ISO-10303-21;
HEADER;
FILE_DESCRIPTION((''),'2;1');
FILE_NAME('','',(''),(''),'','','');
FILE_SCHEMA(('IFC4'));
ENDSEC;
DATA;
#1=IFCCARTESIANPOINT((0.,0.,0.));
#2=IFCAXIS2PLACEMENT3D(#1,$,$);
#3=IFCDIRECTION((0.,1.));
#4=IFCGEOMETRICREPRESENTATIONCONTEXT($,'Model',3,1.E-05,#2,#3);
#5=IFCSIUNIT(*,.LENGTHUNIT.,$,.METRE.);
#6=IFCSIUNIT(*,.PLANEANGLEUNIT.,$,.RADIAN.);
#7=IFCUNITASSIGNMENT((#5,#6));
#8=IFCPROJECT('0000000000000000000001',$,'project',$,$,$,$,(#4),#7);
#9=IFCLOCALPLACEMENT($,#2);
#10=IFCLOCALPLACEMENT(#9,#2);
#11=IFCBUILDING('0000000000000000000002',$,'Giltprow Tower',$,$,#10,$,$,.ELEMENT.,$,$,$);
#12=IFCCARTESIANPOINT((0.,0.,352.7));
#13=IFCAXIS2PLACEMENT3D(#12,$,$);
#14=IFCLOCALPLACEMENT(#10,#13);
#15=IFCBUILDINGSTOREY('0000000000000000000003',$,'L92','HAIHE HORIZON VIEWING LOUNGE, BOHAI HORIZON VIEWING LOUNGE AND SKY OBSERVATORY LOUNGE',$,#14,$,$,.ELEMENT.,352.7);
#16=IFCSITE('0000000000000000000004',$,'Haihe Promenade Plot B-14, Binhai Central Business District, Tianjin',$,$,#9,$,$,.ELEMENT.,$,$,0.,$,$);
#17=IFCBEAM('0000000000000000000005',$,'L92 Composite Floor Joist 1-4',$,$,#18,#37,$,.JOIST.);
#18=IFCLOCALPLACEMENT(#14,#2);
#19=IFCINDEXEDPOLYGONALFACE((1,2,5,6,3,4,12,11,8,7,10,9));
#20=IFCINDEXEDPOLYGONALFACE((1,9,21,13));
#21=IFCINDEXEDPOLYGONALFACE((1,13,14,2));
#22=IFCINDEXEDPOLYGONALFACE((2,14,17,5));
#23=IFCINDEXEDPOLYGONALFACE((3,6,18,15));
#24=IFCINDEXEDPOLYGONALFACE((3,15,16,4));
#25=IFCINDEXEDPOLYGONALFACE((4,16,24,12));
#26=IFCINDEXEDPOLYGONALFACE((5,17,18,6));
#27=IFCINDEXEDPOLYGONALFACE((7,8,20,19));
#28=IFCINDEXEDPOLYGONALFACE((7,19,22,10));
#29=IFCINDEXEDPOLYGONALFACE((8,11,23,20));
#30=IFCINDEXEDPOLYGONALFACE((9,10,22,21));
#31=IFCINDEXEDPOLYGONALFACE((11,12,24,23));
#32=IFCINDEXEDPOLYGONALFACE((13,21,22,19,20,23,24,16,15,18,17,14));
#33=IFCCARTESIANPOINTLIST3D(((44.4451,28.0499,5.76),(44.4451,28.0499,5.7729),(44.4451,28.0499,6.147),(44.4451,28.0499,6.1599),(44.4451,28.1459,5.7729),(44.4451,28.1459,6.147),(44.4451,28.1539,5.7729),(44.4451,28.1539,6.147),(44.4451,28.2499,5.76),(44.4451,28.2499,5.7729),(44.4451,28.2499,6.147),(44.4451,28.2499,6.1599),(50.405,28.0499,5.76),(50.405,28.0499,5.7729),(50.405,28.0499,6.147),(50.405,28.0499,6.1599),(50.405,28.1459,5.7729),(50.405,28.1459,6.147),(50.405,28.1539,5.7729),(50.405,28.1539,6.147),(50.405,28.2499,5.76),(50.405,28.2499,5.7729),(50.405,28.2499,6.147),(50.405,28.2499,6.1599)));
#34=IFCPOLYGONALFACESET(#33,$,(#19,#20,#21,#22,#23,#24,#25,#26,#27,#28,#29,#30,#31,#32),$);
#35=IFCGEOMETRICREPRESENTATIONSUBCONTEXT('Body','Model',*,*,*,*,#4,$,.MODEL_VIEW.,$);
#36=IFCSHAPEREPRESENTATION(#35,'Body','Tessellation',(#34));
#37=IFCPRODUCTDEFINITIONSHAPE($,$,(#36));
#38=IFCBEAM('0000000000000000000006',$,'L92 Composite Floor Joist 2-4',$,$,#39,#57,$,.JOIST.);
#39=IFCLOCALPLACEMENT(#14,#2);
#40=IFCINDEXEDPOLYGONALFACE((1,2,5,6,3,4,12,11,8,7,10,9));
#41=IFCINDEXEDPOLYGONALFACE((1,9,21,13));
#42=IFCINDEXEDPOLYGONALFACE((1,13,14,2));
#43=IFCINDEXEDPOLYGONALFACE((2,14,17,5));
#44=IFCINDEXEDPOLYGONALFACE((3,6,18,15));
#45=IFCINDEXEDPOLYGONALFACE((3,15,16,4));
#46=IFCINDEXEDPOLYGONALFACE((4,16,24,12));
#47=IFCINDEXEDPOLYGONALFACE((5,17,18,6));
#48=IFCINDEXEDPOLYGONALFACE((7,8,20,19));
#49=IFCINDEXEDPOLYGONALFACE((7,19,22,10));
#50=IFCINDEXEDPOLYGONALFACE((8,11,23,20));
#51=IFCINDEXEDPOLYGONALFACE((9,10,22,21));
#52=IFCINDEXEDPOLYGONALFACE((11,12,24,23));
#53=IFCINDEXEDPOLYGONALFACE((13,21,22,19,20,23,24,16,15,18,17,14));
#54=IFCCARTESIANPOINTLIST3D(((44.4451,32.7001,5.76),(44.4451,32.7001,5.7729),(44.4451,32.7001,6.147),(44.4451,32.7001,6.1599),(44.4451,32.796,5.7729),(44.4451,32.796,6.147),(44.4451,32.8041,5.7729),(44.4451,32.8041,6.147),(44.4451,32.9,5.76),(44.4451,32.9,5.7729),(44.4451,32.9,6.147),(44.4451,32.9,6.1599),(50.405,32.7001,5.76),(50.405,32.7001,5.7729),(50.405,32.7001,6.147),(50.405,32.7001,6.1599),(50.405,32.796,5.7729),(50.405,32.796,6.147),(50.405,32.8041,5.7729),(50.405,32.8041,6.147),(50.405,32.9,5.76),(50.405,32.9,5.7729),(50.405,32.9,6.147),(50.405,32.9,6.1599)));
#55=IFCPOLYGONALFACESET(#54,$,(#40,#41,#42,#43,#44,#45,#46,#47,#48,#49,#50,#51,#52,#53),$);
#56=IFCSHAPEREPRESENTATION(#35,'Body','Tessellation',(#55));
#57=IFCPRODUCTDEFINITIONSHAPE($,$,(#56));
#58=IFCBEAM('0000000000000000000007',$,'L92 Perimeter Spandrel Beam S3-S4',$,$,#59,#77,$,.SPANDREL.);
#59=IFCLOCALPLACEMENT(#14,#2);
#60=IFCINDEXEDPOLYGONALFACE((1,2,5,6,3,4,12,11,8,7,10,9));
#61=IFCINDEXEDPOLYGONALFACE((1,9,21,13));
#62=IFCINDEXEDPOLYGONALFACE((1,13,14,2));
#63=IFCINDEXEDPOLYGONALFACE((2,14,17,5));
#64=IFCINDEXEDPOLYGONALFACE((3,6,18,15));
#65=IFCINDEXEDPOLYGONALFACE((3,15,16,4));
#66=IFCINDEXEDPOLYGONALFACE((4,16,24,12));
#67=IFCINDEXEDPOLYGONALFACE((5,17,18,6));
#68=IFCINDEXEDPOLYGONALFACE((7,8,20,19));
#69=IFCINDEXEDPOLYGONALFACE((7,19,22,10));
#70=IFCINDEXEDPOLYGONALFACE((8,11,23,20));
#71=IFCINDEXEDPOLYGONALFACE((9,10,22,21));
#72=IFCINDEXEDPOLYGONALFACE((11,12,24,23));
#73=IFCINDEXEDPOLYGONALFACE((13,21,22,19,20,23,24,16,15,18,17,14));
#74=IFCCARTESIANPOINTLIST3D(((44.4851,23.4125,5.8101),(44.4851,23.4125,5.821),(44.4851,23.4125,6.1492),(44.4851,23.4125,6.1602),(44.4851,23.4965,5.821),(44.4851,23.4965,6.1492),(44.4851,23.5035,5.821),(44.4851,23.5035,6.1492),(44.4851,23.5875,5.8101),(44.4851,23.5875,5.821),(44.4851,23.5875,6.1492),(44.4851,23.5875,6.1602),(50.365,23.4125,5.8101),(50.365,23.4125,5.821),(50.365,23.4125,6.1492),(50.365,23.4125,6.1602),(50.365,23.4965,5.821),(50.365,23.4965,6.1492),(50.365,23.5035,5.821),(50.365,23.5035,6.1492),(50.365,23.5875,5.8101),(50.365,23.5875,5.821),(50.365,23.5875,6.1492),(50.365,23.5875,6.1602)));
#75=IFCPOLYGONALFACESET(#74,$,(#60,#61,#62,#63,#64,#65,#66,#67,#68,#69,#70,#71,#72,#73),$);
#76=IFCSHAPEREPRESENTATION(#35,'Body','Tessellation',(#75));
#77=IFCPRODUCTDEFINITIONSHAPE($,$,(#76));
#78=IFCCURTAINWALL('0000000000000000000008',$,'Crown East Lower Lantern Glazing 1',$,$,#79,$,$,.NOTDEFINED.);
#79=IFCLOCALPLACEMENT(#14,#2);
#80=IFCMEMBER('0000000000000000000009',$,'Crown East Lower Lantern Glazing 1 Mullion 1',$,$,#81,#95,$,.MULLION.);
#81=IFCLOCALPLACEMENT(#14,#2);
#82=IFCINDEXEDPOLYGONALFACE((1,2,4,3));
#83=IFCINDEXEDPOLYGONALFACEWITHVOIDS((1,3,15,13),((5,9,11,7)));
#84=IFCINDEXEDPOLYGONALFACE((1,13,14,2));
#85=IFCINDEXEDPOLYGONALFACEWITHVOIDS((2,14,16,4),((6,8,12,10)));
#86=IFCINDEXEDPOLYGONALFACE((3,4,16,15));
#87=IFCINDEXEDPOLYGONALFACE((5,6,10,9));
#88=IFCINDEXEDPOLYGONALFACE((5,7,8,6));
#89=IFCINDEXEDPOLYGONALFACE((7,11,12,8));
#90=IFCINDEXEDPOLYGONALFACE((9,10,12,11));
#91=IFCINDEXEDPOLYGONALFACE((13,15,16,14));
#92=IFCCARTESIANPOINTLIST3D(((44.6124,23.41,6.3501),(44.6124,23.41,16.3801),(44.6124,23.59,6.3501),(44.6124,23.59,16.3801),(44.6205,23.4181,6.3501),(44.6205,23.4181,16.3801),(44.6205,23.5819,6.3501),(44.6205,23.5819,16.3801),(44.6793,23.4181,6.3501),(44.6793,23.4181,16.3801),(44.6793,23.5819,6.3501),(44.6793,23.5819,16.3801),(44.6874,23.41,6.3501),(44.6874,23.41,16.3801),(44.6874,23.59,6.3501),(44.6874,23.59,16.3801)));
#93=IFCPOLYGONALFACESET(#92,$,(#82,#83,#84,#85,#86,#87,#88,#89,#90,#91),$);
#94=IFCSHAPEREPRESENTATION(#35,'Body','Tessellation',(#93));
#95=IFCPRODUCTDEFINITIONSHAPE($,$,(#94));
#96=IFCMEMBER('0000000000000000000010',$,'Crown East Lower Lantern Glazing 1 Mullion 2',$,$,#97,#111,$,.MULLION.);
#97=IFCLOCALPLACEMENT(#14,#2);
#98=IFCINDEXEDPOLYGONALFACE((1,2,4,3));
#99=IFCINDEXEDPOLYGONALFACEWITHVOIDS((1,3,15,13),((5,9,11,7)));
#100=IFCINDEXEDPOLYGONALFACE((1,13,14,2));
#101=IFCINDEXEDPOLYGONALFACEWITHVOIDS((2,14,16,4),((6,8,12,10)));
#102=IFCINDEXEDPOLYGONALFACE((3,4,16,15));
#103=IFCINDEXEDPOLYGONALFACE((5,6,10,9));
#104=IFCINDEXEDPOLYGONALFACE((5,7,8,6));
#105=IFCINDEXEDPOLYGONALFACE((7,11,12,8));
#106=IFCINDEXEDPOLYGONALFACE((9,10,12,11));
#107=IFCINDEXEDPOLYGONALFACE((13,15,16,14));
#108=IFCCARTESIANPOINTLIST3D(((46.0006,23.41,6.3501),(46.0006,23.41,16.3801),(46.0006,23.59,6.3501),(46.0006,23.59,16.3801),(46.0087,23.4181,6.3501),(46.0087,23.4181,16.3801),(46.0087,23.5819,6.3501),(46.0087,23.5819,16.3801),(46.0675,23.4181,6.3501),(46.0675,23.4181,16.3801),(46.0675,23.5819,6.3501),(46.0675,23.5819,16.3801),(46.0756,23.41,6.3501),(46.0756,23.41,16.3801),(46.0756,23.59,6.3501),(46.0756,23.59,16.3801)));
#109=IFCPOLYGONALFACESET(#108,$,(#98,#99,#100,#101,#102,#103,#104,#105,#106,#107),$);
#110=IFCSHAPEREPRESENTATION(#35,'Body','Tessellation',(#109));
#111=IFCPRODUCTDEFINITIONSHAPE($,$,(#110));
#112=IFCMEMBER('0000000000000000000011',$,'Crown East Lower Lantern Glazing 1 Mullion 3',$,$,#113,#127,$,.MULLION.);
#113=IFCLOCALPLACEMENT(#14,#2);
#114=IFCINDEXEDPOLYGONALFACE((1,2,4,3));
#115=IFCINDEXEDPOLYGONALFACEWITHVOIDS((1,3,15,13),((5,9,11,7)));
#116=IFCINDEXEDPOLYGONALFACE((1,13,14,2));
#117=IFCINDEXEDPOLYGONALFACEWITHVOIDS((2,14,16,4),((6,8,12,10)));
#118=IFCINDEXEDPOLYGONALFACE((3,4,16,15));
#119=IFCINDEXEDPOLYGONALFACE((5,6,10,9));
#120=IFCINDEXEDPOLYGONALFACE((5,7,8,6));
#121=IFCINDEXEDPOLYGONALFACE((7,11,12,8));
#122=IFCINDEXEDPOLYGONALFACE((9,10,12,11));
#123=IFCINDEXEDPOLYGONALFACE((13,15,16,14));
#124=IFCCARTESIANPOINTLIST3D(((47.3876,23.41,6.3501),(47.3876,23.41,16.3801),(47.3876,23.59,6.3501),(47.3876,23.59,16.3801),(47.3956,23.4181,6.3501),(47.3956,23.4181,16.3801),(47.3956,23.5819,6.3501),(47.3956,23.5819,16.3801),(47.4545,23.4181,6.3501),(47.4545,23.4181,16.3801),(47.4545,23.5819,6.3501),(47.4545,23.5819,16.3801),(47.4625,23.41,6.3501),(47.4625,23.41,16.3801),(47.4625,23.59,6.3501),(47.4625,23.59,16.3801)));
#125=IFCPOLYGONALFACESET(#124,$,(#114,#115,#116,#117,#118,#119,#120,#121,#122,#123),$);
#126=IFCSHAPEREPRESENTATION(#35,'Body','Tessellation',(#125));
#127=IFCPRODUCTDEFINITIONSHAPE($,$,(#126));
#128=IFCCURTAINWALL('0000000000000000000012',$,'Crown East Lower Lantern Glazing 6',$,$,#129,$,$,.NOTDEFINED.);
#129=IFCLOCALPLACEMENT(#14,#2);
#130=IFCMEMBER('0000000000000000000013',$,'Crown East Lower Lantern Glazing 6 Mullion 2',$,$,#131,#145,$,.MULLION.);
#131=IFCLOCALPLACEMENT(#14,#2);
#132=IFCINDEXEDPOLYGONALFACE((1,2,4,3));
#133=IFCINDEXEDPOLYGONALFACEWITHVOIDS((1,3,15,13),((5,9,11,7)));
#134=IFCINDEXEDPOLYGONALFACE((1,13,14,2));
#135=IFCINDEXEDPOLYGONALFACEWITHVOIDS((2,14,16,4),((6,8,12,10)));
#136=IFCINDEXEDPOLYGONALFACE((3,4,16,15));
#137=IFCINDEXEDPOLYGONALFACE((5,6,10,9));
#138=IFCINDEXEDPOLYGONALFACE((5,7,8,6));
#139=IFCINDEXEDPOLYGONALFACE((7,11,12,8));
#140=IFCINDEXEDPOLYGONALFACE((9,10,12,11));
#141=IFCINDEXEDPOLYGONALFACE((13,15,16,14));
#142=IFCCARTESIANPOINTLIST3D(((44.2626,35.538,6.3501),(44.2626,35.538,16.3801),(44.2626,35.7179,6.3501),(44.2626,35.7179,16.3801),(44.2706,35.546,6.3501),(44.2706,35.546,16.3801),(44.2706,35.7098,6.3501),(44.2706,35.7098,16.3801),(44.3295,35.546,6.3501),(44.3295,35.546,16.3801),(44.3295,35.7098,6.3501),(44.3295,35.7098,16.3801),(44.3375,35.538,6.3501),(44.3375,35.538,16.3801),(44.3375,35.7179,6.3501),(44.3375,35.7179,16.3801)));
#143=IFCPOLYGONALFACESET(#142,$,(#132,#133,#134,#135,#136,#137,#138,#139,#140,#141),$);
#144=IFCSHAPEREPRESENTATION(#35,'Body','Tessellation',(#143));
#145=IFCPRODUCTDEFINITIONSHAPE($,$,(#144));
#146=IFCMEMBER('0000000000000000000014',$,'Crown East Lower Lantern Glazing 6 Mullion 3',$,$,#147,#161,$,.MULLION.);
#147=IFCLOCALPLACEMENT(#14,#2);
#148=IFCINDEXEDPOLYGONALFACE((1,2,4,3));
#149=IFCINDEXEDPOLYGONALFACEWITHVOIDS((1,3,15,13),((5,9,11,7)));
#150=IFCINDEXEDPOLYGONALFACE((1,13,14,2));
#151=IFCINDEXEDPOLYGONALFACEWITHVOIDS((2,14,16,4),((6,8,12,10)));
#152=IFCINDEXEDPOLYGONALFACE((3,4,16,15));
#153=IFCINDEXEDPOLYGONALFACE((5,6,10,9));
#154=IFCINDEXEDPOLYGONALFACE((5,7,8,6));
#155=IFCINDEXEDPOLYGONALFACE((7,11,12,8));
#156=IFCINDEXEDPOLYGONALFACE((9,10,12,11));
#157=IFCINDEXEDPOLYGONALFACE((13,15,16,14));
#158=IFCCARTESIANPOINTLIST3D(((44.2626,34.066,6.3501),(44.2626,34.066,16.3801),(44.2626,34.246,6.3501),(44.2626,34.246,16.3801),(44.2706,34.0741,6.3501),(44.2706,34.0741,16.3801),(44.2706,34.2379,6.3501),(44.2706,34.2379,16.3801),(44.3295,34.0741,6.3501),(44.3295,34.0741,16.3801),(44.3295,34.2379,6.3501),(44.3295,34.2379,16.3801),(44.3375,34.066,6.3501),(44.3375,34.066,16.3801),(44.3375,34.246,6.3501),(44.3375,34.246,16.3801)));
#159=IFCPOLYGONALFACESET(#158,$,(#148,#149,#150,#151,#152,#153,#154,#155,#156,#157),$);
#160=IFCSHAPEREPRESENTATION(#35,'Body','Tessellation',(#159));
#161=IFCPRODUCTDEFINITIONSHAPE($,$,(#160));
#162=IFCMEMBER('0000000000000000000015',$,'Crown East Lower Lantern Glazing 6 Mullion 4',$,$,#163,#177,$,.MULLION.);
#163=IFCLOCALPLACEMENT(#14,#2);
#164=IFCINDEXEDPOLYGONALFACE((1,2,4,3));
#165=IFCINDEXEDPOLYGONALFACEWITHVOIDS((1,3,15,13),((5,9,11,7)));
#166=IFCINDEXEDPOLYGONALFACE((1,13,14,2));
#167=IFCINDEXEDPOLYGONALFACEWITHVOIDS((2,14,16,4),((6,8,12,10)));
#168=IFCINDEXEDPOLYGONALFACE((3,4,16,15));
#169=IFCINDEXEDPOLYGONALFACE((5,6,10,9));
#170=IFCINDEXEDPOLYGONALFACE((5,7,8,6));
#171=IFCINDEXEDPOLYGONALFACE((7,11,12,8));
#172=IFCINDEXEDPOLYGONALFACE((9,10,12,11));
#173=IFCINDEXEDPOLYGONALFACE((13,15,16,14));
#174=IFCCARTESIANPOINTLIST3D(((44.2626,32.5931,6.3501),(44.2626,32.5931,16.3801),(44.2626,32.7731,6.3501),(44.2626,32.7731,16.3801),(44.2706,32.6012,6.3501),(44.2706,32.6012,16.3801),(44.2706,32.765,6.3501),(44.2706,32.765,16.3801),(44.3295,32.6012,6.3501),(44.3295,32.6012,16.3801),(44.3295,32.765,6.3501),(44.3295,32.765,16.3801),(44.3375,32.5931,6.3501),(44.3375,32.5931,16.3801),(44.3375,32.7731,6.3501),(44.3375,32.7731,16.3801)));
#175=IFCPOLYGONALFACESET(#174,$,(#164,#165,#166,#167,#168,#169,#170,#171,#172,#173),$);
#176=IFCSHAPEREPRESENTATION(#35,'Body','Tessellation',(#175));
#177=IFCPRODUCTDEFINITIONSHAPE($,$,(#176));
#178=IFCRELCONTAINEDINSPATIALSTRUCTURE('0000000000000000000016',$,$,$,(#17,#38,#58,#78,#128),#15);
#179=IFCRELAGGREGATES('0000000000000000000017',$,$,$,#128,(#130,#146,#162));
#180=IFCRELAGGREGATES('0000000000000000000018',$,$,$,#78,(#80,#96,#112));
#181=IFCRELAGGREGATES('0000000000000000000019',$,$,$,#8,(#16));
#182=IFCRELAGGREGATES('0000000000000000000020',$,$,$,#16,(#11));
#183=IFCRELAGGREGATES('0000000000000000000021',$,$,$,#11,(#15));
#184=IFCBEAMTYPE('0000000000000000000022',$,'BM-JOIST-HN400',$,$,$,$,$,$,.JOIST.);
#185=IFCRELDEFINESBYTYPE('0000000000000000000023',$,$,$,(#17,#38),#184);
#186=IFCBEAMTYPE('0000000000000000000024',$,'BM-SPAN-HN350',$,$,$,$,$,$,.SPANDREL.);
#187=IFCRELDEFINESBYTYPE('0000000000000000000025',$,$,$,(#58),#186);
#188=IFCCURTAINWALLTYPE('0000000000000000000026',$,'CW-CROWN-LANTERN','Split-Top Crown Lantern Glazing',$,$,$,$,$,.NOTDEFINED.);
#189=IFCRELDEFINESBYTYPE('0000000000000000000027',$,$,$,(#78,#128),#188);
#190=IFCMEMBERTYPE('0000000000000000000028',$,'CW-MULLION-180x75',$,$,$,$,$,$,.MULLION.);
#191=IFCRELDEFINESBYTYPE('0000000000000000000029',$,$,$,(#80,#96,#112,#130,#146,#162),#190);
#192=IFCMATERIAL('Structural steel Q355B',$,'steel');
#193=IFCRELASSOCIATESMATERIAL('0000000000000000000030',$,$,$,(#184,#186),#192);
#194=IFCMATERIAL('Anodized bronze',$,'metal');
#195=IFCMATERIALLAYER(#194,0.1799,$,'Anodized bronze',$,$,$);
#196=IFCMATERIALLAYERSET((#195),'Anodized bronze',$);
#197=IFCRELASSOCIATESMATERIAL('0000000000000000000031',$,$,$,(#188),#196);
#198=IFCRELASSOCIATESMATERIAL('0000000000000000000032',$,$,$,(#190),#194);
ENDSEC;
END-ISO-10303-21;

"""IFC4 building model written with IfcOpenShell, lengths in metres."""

from ifc_helpers import new_model, si_unit, direction, frame, origin, origin_2d, place, context, subcontext, project, spatial, hollow_rectangle, i_section, extrude, source, transform, mapped, material, layer, layer_set, material_profile, profile_set, type_object, element, aggregate, save


model = new_model("IFC4")

# Units and contexts
model_context = context("Model", 3, precision=1e-05, world=origin(), true_north=direction((0.0, 1.0)))
body_context = subcontext(model_context, "Body", "Model", "MODEL_VIEW")
ifc_project = project(units=[si_unit("LENGTHUNIT", "METRE"), si_unit("PLANEANGLEUNIT", "RADIAN")], contexts=[model_context])

# Site, building, storey
site_placement = place(None, origin())
site = spatial("IfcSite", under=ifc_project, at=site_placement, Name="Haihe Promenade Plot B-14, Binhai Central Business District, Tianjin", CompositionType="ELEMENT", RefElevation=0.0)
building_placement = place(site_placement, origin())
building = spatial("IfcBuilding", under=site, at=building_placement, Name="Giltprow Tower", CompositionType="ELEMENT")
storey_placement = place(building_placement, frame((0.0, 0.0, 352.7)))
storey = spatial("IfcBuildingStorey", under=building, at=storey_placement, Name="L92", Description="HAIHE HORIZON VIEWING LOUNGE, BOHAI HORIZON VIEWING LOUNGE AND SKY OBSERVATORY LOUNGE", CompositionType="ELEMENT", Elevation=352.7)

# Beams
ifc_material_1 = material(Name="Structural steel Q355B", Category="steel")
ifc_material_profile_1 = material_profile(ifc_material_1, i_section(OverallWidth=0.2, OverallDepth=0.3999, WebThickness=0.0081, FlangeThickness=0.0129, at=origin_2d()), Name="HN 400x200x8x13")
ifc_profile_set_1 = profile_set([ifc_material_profile_1], Name="Structural steel Q355B")
beam_type_1 = type_object("IfcBeamType", Name="BM-JOIST-HN400", PredefinedType="JOIST", material=ifc_profile_set_1)
shared_shape_1 = source(origin(), body_context, "Body", "SweptSolid", [
    extrude(i_section(OverallWidth=0.2, OverallDepth=0.3999, WebThickness=0.0081, FlangeThickness=0.0129, at=origin_2d()), origin(), (0.0, 0.0, 1.0), 5.96),
])
for number, where, z_axis, x_axis, name in (
    (1, (44.4451, 28.1499, 5.96), (1.0, 0.0, 0.0), (0.0, 1.0, 0.0), "L92 Composite Floor Joist 1-4"),
    (2, (44.4451, 32.8, 5.96), (1.0, 0.0, 0.0), (0.0, 1.0, 0.0), "L92 Composite Floor Joist 2-4"),
):
    element("IfcBeam", number, at=place(storey_placement, frame(where, z_axis=z_axis, x_axis=x_axis)), inside=storey, type_object=beam_type_1, Name=name, PredefinedType="JOIST", context=body_context, shape_type="MappedRepresentation", body=[
        mapped(shared_shape_1, transform((0.0, 0.0, 0.0), x_axis=(1.0, 0.0, 0.0), y_axis=(0.0, 1.0, 0.0), z_axis=(0.0, 0.0, 1.0), scale=1.0)),
    ])
ifc_material_profile_2 = material_profile(ifc_material_1, i_section(OverallWidth=0.175, OverallDepth=0.3501, WebThickness=0.0071, FlangeThickness=0.011, at=origin_2d()), Name="HN 350x175x7x11")
ifc_profile_set_2 = profile_set([ifc_material_profile_2], Name="Structural steel Q355B")
beam_type_2 = type_object("IfcBeamType", Name="BM-SPAN-HN350", PredefinedType="SPANDREL", material=ifc_profile_set_2)
shared_shape_2 = source(origin(), body_context, "Body", "SweptSolid", [
    extrude(i_section(OverallWidth=0.175, OverallDepth=0.3501, WebThickness=0.0071, FlangeThickness=0.011, at=origin_2d()), origin(), (0.0, 0.0, 1.0), 5.8799),
])
beam_placement = place(storey_placement, frame((44.4851, 23.5, 5.9851), z_axis=(1.0, 0.0, 0.0), x_axis=(0.0, 1.0, 0.0)))
element("IfcBeam", 3, at=beam_placement, inside=storey, type_object=beam_type_2, Name="L92 Perimeter Spandrel Beam S3-S4", PredefinedType="SPANDREL", context=body_context, shape_type="MappedRepresentation", body=[
    mapped(shared_shape_2, transform((0.0, 0.0, 0.0), x_axis=(1.0, 0.0, 0.0), y_axis=(0.0, 1.0, 0.0), z_axis=(0.0, 0.0, 1.0), scale=1.0)),
])

# Curtain walls, members
ifc_material_2 = material(Name="Anodized bronze", Category="metal")
ifc_layer_1 = layer(ifc_material_2, 0.1799, Name="Anodized bronze")
ifc_layer_set_1 = layer_set([ifc_layer_1], Name="Anodized bronze")
curtain_wall_type = type_object("IfcCurtainWallType", Name="CW-CROWN-LANTERN", Description="Split-Top Crown Lantern Glazing", PredefinedType="NOTDEFINED", material=ifc_layer_set_1)
curtain_wall_1_placement = place(storey_placement, origin())
curtain_wall_1 = element("IfcCurtainWall", 4, at=curtain_wall_1_placement, inside=storey, type_object=curtain_wall_type, Name="Crown East Lower Lantern Glazing 1", PredefinedType="NOTDEFINED")
ifc_material_profile_3 = material_profile(ifc_material_2, hollow_rectangle(XDim=0.075, YDim=0.1799, WallThickness=0.0081, at=origin_2d()), Name="RHS 180x75x8")
ifc_profile_set_3 = profile_set([ifc_material_profile_3], Name="Anodized bronze")
member_type_1 = type_object("IfcMemberType", Name="CW-MULLION-180x75", PredefinedType="MULLION", material=ifc_profile_set_3)
shared_shape_3 = source(origin(), body_context, "Body", "SweptSolid", [
    extrude(hollow_rectangle(XDim=0.075, YDim=0.1799, WallThickness=0.0081, at=origin_2d()), origin(), (0.0, 0.0, 1.0), 10.03),
])
member_1_placement = place(storey_placement, frame((44.6499, 23.5, 6.3501), z_axis=(0.0, 0.0, 1.0), x_axis=(1.0, 0.0, 0.0)))
member_1 = element("IfcMember", 5, at=member_1_placement, type_object=member_type_1, Name="Crown East Lower Lantern Glazing 1 Mullion 1", PredefinedType="MULLION", context=body_context, shape_type="MappedRepresentation", body=[
    mapped(shared_shape_3, transform((0.0, 0.0, 0.0), x_axis=(1.0, 0.0, 0.0), y_axis=(0.0, 1.0, 0.0), z_axis=(0.0, 0.0, 1.0), scale=1.0)),
])
member_2_placement = place(storey_placement, frame((46.0381, 23.5, 6.3501), z_axis=(0.0, 0.0, 1.0), x_axis=(1.0, 0.0, 0.0)))
member_2 = element("IfcMember", 6, at=member_2_placement, type_object=member_type_1, Name="Crown East Lower Lantern Glazing 1 Mullion 2", PredefinedType="MULLION", context=body_context, shape_type="MappedRepresentation", body=[
    mapped(shared_shape_3, transform((0.0, 0.0, 0.0), x_axis=(1.0, 0.0, 0.0), y_axis=(0.0, 1.0, 0.0), z_axis=(0.0, 0.0, 1.0), scale=1.0)),
])
member_3_placement = place(storey_placement, frame((47.425, 23.5, 6.3501), z_axis=(0.0, 0.0, 1.0), x_axis=(1.0, 0.0, 0.0)))
member_3 = element("IfcMember", 7, at=member_3_placement, type_object=member_type_1, Name="Crown East Lower Lantern Glazing 1 Mullion 3", PredefinedType="MULLION", context=body_context, shape_type="MappedRepresentation", body=[
    mapped(shared_shape_3, transform((0.0, 0.0, 0.0), x_axis=(1.0, 0.0, 0.0), y_axis=(0.0, 1.0, 0.0), z_axis=(0.0, 0.0, 1.0), scale=1.0)),
])
curtain_wall_2_placement = place(storey_placement, origin())
curtain_wall_2 = element("IfcCurtainWall", 8, at=curtain_wall_2_placement, inside=storey, type_object=curtain_wall_type, Name="Crown East Lower Lantern Glazing 6", PredefinedType="NOTDEFINED")
member_4_placement = place(storey_placement, frame((44.3, 35.6279, 6.3501), z_axis=(0.0, 0.0, 1.0), x_axis=(1.0, 0.0, 0.0)))
member_4 = element("IfcMember", 9, at=member_4_placement, type_object=member_type_1, Name="Crown East Lower Lantern Glazing 6 Mullion 2", PredefinedType="MULLION", context=body_context, shape_type="MappedRepresentation", body=[
    mapped(shared_shape_3, transform((0.0, 0.0, 0.0), x_axis=(1.0, 0.0, 0.0), y_axis=(0.0, 1.0, 0.0), z_axis=(0.0, 0.0, 1.0), scale=1.0)),
])
member_5_placement = place(storey_placement, frame((44.3, 34.156, 6.3501), z_axis=(0.0, 0.0, 1.0), x_axis=(1.0, 0.0, 0.0)))
member_5 = element("IfcMember", 10, at=member_5_placement, type_object=member_type_1, Name="Crown East Lower Lantern Glazing 6 Mullion 3", PredefinedType="MULLION", context=body_context, shape_type="MappedRepresentation", body=[
    mapped(shared_shape_3, transform((0.0, 0.0, 0.0), x_axis=(1.0, 0.0, 0.0), y_axis=(0.0, 1.0, 0.0), z_axis=(0.0, 0.0, 1.0), scale=1.0)),
])
member_6_placement = place(storey_placement, frame((44.3, 32.6831, 6.3501), z_axis=(0.0, 0.0, 1.0), x_axis=(1.0, 0.0, 0.0)))
member_6 = element("IfcMember", 11, at=member_6_placement, type_object=member_type_1, Name="Crown East Lower Lantern Glazing 6 Mullion 4", PredefinedType="MULLION", context=body_context, shape_type="MappedRepresentation", body=[
    mapped(shared_shape_3, transform((0.0, 0.0, 0.0), x_axis=(1.0, 0.0, 0.0), y_axis=(0.0, 1.0, 0.0), z_axis=(0.0, 0.0, 1.0), scale=1.0)),
])

aggregate(curtain_wall_2, [member_4, member_5, member_6])
aggregate(curtain_wall_1, [member_1, member_2, member_3])

save(model, "model.ifc")
